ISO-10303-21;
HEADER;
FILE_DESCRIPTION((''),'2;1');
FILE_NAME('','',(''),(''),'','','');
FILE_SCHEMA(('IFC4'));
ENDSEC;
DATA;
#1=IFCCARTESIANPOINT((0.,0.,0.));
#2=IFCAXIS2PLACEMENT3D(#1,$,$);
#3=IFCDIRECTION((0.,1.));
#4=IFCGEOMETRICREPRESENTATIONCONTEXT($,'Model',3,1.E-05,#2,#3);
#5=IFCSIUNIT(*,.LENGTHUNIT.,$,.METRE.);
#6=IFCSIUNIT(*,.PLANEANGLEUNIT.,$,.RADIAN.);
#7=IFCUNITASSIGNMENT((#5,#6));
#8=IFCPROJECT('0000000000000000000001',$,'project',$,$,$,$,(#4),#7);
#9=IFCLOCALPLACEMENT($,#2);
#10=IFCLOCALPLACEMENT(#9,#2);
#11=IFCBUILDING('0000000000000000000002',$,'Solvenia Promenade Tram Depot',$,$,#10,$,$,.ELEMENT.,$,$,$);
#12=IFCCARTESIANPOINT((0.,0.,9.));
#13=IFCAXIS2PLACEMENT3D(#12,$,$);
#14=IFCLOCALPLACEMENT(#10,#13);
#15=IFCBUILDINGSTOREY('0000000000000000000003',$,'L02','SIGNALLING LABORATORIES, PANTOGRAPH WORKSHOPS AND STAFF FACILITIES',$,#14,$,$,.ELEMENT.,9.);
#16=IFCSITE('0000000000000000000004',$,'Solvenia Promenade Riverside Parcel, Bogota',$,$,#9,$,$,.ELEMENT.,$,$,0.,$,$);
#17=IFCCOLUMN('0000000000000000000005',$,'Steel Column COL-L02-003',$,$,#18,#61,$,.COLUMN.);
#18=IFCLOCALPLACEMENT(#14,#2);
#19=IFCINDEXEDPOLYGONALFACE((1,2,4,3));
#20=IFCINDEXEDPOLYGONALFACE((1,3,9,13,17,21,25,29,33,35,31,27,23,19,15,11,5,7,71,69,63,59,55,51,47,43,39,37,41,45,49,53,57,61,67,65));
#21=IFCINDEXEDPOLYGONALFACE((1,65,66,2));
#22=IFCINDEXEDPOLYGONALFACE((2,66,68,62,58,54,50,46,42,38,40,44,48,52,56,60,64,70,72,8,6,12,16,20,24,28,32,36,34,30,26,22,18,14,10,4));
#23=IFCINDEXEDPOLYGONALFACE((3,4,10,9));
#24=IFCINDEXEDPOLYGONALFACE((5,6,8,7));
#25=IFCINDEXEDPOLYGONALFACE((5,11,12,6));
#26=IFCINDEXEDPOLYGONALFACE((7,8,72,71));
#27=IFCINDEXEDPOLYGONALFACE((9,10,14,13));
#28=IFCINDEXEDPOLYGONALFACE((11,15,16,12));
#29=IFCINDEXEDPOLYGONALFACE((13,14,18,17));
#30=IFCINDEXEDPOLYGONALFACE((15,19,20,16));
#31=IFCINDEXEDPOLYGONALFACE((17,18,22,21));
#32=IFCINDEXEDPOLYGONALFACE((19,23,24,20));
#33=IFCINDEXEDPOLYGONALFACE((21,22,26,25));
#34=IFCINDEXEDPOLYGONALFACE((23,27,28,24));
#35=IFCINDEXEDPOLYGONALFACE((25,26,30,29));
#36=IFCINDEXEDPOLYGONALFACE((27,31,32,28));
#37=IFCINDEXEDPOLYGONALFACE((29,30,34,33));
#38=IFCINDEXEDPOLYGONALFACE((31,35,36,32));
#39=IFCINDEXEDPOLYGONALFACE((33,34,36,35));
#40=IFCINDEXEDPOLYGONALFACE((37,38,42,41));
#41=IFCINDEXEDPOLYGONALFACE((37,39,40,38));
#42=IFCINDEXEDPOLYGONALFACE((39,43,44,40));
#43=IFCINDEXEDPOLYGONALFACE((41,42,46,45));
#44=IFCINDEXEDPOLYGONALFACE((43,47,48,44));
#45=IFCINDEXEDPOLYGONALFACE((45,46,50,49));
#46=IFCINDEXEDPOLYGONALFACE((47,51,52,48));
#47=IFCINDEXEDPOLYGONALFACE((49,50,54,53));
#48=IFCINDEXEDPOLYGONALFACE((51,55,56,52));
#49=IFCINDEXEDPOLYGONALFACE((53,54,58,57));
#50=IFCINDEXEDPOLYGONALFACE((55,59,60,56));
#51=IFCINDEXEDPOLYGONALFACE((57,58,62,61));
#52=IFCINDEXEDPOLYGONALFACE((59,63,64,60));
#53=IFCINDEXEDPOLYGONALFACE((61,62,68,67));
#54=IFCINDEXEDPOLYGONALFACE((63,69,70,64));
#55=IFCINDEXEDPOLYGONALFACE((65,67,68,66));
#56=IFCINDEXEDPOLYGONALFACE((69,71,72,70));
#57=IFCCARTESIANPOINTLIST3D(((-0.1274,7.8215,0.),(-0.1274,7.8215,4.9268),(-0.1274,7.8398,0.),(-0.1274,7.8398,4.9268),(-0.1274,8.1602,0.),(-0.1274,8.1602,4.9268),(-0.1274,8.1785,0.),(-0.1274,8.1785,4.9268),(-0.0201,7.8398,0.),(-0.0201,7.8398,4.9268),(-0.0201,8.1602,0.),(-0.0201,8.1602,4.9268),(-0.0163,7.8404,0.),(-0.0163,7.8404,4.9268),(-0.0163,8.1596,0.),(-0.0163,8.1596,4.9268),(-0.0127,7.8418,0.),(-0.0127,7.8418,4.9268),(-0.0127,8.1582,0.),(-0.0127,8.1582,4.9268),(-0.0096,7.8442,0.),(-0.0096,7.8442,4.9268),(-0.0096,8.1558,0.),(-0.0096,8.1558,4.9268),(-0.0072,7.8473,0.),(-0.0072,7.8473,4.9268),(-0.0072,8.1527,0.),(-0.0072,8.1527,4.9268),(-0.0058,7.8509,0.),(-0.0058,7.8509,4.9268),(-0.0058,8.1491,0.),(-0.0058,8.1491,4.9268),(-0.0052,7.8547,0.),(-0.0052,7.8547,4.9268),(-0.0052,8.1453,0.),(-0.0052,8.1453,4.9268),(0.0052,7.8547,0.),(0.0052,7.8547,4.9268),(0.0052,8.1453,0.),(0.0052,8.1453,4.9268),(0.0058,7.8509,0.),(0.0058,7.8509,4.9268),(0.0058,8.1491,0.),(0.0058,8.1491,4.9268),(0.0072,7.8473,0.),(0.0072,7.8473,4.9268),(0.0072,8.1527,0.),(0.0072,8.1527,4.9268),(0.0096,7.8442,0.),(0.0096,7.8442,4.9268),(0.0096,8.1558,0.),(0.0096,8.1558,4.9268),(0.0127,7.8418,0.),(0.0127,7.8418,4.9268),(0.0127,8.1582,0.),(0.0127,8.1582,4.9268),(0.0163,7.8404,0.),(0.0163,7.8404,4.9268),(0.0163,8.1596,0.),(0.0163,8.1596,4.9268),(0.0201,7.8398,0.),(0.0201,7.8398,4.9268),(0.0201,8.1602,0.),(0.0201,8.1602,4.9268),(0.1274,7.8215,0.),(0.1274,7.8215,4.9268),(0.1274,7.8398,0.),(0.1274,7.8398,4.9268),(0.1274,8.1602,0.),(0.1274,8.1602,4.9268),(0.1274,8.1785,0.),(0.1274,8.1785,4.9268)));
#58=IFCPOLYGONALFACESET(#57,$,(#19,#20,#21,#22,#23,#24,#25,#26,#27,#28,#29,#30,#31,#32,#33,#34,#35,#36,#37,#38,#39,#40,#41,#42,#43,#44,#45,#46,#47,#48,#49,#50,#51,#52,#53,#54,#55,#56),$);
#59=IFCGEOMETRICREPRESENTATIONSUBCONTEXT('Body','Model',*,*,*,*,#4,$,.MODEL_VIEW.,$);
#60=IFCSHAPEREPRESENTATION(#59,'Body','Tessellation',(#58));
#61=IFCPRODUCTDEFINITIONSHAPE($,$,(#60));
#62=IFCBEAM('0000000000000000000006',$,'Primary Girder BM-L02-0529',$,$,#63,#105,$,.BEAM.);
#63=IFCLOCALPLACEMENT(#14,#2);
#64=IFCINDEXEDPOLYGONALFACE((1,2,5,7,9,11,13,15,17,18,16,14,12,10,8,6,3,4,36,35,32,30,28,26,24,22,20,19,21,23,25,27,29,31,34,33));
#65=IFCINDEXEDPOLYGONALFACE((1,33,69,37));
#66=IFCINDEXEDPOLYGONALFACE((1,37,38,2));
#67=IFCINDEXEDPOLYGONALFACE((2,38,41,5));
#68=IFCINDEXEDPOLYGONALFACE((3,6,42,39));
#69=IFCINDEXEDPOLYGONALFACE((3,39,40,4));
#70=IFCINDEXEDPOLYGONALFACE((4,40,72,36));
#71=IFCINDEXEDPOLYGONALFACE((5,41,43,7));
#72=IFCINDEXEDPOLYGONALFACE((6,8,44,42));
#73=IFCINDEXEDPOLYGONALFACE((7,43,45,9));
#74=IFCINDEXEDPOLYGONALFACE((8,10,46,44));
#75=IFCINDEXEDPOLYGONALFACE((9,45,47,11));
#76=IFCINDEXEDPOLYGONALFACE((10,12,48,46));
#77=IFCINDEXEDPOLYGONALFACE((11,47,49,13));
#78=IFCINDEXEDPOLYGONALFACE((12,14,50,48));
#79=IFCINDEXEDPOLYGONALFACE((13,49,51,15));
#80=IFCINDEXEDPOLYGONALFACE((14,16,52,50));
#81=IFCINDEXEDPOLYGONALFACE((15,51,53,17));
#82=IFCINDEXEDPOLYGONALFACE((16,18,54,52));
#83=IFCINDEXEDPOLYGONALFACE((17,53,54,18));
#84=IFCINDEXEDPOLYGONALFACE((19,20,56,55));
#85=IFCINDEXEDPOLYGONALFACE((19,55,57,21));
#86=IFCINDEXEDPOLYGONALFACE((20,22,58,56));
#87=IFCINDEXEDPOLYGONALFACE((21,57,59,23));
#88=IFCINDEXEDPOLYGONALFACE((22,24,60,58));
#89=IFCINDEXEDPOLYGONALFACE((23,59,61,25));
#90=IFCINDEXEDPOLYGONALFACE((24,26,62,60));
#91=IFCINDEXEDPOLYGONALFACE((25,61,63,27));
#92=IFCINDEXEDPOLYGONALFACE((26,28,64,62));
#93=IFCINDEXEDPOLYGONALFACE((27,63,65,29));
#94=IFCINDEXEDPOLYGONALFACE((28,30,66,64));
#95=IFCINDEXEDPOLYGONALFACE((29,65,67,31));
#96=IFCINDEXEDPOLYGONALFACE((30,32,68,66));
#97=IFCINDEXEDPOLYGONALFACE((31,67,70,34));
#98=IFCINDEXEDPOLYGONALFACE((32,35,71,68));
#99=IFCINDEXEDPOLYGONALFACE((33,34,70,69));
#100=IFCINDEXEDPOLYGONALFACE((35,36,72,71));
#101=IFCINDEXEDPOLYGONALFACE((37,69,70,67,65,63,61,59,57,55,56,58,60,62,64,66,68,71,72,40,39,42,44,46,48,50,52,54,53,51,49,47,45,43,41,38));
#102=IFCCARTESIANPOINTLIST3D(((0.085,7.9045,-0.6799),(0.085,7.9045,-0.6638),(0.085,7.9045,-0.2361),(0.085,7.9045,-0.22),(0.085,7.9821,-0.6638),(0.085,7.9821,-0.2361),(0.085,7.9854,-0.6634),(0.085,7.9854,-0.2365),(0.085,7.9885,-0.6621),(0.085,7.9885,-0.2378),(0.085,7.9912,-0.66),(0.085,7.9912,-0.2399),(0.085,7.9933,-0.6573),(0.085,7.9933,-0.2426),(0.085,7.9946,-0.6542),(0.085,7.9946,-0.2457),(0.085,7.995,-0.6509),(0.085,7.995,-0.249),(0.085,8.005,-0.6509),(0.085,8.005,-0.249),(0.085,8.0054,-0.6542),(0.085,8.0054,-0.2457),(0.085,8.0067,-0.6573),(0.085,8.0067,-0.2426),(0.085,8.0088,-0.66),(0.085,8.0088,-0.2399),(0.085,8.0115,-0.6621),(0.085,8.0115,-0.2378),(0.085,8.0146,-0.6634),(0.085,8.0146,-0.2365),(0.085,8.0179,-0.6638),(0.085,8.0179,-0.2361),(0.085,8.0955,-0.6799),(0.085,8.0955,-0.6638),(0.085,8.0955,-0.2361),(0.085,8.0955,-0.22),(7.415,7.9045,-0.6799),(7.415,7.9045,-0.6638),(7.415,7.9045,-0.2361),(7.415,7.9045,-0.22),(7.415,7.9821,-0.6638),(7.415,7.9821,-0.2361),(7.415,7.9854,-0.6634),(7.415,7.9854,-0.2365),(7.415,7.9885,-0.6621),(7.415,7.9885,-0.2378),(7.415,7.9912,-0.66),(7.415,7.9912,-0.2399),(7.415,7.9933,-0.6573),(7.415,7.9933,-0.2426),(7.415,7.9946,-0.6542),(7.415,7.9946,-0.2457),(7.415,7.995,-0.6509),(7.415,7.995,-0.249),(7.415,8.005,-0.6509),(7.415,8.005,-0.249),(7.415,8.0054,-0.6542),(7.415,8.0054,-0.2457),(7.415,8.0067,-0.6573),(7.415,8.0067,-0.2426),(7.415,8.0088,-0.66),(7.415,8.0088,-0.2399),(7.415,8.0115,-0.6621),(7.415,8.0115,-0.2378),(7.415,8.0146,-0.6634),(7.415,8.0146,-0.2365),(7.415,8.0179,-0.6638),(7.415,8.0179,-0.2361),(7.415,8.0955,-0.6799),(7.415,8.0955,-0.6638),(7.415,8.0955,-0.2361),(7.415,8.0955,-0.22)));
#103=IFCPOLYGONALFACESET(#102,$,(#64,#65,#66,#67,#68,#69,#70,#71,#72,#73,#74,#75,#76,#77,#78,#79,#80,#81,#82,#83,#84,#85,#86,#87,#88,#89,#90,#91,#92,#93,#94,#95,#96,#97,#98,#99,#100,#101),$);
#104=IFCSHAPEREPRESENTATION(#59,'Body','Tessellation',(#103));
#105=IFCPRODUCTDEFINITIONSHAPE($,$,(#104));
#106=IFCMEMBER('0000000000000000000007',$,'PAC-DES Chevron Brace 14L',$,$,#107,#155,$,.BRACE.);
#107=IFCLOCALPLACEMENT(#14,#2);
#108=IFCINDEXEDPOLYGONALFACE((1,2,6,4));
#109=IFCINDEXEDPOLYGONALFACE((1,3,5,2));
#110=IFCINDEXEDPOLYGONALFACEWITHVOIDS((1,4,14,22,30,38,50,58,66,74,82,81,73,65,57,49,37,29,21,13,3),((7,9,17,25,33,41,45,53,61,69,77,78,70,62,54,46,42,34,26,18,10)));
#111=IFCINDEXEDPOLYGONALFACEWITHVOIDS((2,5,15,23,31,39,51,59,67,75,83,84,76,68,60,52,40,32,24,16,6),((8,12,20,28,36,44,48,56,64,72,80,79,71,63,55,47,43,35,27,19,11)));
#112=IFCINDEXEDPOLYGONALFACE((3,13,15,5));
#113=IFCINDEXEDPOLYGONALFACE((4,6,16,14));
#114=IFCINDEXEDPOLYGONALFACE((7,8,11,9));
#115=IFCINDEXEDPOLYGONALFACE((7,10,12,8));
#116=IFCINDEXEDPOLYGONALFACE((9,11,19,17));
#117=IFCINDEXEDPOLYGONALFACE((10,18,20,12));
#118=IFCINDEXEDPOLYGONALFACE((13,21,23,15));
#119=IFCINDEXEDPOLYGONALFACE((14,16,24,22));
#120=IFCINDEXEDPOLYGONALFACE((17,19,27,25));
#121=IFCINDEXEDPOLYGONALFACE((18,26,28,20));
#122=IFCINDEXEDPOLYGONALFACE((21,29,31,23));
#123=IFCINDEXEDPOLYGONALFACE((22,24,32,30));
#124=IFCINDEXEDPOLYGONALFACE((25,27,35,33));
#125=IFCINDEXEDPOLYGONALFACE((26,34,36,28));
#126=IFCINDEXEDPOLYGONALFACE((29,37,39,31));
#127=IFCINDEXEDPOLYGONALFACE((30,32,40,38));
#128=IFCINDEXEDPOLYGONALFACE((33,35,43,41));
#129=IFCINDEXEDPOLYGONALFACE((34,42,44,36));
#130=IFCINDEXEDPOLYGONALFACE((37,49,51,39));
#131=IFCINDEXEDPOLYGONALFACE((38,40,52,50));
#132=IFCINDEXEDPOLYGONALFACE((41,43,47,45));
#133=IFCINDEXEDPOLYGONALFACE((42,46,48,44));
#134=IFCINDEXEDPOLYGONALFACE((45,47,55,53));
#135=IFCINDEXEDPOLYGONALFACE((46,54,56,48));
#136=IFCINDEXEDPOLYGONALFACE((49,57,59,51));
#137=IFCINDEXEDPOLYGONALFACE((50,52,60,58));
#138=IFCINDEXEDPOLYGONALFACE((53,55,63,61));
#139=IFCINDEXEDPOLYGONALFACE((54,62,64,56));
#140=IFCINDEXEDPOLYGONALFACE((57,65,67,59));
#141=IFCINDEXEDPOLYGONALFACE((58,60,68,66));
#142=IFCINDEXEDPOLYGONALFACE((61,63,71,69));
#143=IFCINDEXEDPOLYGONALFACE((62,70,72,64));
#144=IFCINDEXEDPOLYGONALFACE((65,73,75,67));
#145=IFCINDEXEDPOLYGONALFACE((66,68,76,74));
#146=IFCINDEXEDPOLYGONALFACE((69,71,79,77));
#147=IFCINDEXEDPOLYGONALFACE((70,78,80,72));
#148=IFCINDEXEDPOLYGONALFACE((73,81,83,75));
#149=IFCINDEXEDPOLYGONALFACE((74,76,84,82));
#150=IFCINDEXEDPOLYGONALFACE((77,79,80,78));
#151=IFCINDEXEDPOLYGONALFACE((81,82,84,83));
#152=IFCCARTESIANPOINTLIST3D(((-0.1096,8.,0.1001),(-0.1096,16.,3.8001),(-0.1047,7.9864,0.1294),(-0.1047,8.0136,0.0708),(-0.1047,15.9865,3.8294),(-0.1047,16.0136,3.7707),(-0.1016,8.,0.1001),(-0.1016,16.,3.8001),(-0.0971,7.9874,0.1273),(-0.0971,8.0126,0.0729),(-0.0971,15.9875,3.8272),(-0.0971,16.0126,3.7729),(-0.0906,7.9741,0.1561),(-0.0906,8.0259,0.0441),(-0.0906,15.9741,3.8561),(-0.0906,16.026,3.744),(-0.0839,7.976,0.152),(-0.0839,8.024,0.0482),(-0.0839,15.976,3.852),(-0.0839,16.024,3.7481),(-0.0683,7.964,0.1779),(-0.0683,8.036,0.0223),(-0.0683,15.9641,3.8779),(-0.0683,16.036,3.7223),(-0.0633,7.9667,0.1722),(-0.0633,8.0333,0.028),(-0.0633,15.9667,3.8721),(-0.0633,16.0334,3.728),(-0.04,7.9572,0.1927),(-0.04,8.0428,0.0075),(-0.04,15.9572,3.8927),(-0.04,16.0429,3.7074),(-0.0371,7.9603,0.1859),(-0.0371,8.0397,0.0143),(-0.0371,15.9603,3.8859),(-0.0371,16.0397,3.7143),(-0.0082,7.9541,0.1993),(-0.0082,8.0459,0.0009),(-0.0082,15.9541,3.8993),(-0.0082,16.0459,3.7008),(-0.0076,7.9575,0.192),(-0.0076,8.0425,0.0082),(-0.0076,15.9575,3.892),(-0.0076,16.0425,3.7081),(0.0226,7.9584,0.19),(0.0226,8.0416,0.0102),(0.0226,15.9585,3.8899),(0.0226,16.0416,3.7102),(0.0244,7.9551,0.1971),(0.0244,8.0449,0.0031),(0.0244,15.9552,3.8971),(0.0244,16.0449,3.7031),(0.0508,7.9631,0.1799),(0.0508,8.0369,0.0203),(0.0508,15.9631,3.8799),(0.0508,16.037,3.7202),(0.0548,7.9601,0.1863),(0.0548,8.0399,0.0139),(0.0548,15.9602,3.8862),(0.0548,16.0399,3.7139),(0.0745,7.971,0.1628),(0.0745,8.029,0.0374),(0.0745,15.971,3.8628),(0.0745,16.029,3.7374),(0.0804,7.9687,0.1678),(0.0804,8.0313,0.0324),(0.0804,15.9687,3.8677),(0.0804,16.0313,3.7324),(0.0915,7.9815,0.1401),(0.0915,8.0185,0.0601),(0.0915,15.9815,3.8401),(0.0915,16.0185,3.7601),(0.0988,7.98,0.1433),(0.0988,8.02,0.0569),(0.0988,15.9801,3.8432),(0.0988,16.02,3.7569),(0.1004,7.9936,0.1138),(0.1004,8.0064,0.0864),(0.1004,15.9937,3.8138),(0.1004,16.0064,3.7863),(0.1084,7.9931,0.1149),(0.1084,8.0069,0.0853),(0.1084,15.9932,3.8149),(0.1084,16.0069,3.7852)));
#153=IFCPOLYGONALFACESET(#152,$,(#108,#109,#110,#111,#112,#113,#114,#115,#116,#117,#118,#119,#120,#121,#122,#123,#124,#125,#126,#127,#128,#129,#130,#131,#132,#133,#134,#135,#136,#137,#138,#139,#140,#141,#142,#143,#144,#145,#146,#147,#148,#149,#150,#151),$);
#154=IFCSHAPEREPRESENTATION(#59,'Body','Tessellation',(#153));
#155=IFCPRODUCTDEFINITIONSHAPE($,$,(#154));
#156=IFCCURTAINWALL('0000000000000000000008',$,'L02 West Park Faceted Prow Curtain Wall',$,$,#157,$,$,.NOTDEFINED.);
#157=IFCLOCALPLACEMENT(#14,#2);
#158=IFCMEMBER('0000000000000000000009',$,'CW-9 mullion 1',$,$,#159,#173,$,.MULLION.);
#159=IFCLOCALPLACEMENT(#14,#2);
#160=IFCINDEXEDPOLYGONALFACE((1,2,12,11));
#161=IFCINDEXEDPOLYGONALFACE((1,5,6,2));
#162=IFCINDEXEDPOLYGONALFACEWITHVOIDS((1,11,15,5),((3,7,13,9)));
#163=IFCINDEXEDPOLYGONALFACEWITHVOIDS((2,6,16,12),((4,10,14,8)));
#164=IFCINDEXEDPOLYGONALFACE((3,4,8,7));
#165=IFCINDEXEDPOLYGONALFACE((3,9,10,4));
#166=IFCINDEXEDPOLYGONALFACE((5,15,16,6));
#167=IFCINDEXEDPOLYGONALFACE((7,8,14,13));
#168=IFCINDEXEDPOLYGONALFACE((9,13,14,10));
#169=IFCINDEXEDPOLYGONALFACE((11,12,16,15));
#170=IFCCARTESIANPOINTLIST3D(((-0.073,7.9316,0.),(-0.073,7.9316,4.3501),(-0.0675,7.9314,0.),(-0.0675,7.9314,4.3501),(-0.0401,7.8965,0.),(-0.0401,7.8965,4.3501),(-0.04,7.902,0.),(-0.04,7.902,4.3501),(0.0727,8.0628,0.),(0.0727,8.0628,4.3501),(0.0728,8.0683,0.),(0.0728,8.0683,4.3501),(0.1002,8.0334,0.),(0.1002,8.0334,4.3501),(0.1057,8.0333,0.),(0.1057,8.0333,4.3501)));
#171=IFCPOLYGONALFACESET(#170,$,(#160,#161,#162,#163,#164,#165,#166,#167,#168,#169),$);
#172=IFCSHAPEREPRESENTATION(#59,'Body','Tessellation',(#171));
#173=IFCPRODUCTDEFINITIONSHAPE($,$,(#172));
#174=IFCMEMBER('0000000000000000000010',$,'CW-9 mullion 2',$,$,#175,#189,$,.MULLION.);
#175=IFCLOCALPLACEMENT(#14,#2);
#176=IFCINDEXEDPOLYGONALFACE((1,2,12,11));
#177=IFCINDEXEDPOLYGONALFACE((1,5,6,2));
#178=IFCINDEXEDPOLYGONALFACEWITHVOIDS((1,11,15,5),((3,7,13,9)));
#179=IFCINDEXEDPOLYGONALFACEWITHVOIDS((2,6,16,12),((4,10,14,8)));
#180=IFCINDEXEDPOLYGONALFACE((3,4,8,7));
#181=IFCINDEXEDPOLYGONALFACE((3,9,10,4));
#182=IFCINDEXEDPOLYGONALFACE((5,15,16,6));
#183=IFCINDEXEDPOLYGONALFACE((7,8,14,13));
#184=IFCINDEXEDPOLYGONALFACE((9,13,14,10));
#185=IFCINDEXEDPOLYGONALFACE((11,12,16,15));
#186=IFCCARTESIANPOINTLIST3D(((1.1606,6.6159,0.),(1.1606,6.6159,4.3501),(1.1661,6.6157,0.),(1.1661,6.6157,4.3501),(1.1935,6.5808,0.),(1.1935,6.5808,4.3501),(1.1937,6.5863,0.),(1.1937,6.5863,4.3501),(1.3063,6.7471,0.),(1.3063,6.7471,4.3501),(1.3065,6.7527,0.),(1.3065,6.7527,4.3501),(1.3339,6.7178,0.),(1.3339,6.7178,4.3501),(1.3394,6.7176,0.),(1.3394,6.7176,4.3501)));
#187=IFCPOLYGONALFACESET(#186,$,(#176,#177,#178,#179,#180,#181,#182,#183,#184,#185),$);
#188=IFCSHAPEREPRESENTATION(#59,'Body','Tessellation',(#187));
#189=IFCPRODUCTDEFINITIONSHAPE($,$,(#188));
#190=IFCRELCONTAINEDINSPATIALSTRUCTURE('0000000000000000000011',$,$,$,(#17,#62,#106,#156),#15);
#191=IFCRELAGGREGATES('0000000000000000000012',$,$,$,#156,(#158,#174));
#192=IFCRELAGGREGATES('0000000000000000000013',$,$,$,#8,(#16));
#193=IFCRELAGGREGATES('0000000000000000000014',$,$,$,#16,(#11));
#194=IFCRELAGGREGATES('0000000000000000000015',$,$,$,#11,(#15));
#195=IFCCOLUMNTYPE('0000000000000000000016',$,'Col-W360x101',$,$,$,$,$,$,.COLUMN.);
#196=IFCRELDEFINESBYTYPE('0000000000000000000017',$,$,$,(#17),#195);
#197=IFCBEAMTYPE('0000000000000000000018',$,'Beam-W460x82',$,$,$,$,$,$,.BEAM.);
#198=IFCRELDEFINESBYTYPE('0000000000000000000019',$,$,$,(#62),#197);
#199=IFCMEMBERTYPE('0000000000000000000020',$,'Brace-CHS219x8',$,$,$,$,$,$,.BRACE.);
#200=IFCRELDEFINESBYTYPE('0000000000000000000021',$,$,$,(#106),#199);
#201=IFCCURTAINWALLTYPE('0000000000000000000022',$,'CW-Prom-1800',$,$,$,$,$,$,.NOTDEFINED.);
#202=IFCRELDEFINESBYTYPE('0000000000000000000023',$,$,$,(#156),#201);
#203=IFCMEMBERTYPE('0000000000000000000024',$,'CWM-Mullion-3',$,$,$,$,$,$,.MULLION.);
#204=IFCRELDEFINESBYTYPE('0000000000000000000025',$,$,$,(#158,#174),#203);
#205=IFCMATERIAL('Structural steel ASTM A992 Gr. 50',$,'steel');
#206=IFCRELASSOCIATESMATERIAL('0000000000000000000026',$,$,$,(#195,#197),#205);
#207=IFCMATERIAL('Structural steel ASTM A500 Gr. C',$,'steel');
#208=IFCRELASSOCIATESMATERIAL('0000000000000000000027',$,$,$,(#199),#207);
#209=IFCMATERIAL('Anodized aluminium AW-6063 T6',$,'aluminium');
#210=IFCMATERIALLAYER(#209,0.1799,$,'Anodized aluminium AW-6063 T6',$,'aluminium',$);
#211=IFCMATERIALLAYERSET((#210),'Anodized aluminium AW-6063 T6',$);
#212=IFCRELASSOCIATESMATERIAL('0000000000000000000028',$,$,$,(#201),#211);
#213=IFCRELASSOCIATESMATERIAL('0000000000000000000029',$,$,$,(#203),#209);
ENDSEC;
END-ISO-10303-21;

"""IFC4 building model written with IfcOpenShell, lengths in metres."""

from ifc_helpers import new_model, si_unit, direction, frame, origin, origin_2d, place, context, subcontext, project, spatial, hollow_rectangle, hollow_circle, i_section, extrude, material, layer, layer_set, material_profile, profile_set, type_object, element, aggregate, save


model = new_model("IFC4")

# Units and contexts
model_context = context("Model", 3, precision=1e-05, world=origin(), true_north=direction((0.0, 1.0)))
body_context = subcontext(model_context, "Body", "Model", "MODEL_VIEW")
ifc_project = project(units=[si_unit("LENGTHUNIT", "METRE"), si_unit("PLANEANGLEUNIT", "RADIAN")], contexts=[model_context])

# Site, building, storey
site_placement = place(None, origin())
site = spatial("IfcSite", under=ifc_project, at=site_placement, Name="Solvenia Promenade Riverside Parcel, Bogota", CompositionType="ELEMENT", RefElevation=0.0)
building_placement = place(site_placement, origin())
building = spatial("IfcBuilding", under=site, at=building_placement, Name="Solvenia Promenade Tram Depot", CompositionType="ELEMENT")
storey_placement = place(building_placement, frame((0.0, 0.0, 9.0)))
storey = spatial("IfcBuildingStorey", under=building, at=storey_placement, Name="L02", Description="SIGNALLING LABORATORIES, PANTOGRAPH WORKSHOPS AND STAFF FACILITIES", CompositionType="ELEMENT", Elevation=9.0)

# Column
ifc_material_1 = material(Name="Structural steel ASTM A992 Gr. 50", Category="steel")
ifc_material_profile_1 = material_profile(ifc_material_1, i_section(OverallWidth=0.2549, OverallDepth=0.3569, WebThickness=0.0105, FlangeThickness=0.0183, FilletRadius=0.0149, at=origin_2d()), Name="W360x101", Category="steel")
ifc_profile_set_1 = profile_set([ifc_material_profile_1], Name="Structural steel ASTM A992 Gr. 50")
column_type = type_object("IfcColumnType", Name="Col-W360x101", PredefinedType="COLUMN", material=ifc_profile_set_1)
column_placement = place(storey_placement, frame((0.0, 8.0, 0.0), z_axis=(0.0, 0.0, 1.0), x_axis=(1.0, 0.0, 0.0)))
element("IfcColumn", 1, at=column_placement, inside=storey, type_object=column_type, Name="Steel Column COL-L02-003", PredefinedType="COLUMN", context=body_context, shape_type="SweptSolid", body=[
    extrude(i_section(OverallWidth=0.2549, OverallDepth=0.3569, WebThickness=0.0105, FlangeThickness=0.0183, FilletRadius=0.0149, at=origin_2d()), origin(), (0.0, 0.0, 1.0), 4.9268),
])

# Beam
ifc_material_profile_2 = material_profile(ifc_material_1, i_section(OverallWidth=0.1909, OverallDepth=0.46, WebThickness=0.01, FlangeThickness=0.0161, FilletRadius=0.0129, at=origin_2d()), Name="W460x82", Category="steel")
ifc_profile_set_2 = profile_set([ifc_material_profile_2], Name="Structural steel ASTM A992 Gr. 50")
beam_type_1 = type_object("IfcBeamType", Name="Beam-W460x82", PredefinedType="BEAM", material=ifc_profile_set_2)
beam_1_placement = place(storey_placement, frame((0.085, 8.0, -0.45), z_axis=(1.0, 0.0, 0.0), x_axis=(0.0, 1.0, 0.0)))
element("IfcBeam", 2, at=beam_1_placement, inside=storey, type_object=beam_type_1, Name="Primary Girder BM-L02-0529", PredefinedType="BEAM", context=body_context, shape_type="SweptSolid", body=[
    extrude(i_section(OverallWidth=0.1909, OverallDepth=0.46, WebThickness=0.01, FlangeThickness=0.0161, FilletRadius=0.0129, at=origin_2d()), origin(), (0.0, 0.0, 1.0), 7.3301),
])

# Member
ifc_material_2 = material(Name="Structural steel ASTM A500 Gr. C", Category="steel")
ifc_material_profile_3 = material_profile(ifc_material_2, hollow_circle(Radius=0.1096, WallThickness=0.0081, at=origin_2d()), Name="CHS219.1x8", Category="steel")
ifc_profile_set_3 = profile_set([ifc_material_profile_3], Name="Structural steel ASTM A500 Gr. C")
member_type_1 = type_object("IfcMemberType", Name="Brace-CHS219x8", PredefinedType="BRACE", material=ifc_profile_set_3)
member_1_placement = place(storey_placement, frame((0.0, 8.0, 0.1001), z_axis=(0.0, 0.907629, 0.419773), x_axis=(-1.0, 0.0, 0.0)))
element("IfcMember", 3, at=member_1_placement, inside=storey, type_object=member_type_1, Name="PAC-DES Chevron Brace 14L", PredefinedType="BRACE", context=body_context, shape_type="SweptSolid", body=[
    extrude(hollow_circle(Radius=0.1096, WallThickness=0.0081, at=origin_2d()), origin(), (0.0, 0.0, 1.0), 8.8142),
])

# Curtain wall, members
ifc_material_3 = material(Name="Anodized aluminium AW-6063 T6", Category="aluminium")
ifc_layer_1 = layer(ifc_material_3, 0.1799, Name="Anodized aluminium AW-6063 T6", Category="aluminium")
ifc_layer_set_1 = layer_set([ifc_layer_1], Name="Anodized aluminium AW-6063 T6")
curtain_wall_type = type_object("IfcCurtainWallType", Name="CW-Prom-1800", PredefinedType="NOTDEFINED", material=ifc_layer_set_1)
curtain_wall_placement = place(storey_placement, origin())
curtain_wall = element("IfcCurtainWall", 4, at=curtain_wall_placement, inside=storey, type_object=curtain_wall_type, Name="L02 West Park Faceted Prow Curtain Wall", PredefinedType="NOTDEFINED")
ifc_material_profile_4 = material_profile(ifc_material_3, hollow_rectangle(XDim=0.2, YDim=0.0481, WallThickness=0.0039, at=origin_2d()), Name="ALU-M3", Category="aluminium")
ifc_profile_set_4 = profile_set([ifc_material_profile_4], Name="Anodized aluminium AW-6063 T6")
member_type_2 = type_object("IfcMemberType", Name="CWM-Mullion-3", PredefinedType="MULLION", material=ifc_profile_set_4)
member_2_placement = place(storey_placement, frame((0.0164, 7.9824, 0.0), z_axis=(0.0, 0.0, 1.0), x_axis=(0.729537, 0.683941, 0.0)))
member_2 = element("IfcMember", 5, at=member_2_placement, type_object=member_type_2, Name="CW-9 mullion 1", PredefinedType="MULLION", context=body_context, shape_type="SweptSolid", body=[
    extrude(hollow_rectangle(XDim=0.2, YDim=0.0481, WallThickness=0.0039, at=origin_2d()), origin(), (0.0, 0.0, 1.0), 4.3501),
])
member_3_placement = place(storey_placement, frame((1.25, 6.6667, 0.0), z_axis=(0.0, 0.0, 1.0), x_axis=(0.729537, 0.683941, 0.0)))
member_3 = element("IfcMember", 6, at=member_3_placement, type_object=member_type_2, Name="CW-9 mullion 2", PredefinedType="MULLION", context=body_context, shape_type="SweptSolid", body=[
    extrude(hollow_rectangle(XDim=0.2, YDim=0.0481, WallThickness=0.0039, at=origin_2d()), origin(), (0.0, 0.0, 1.0), 4.3501),
])

aggregate(curtain_wall, [member_2, member_3])

save(model, "model.ifc")
